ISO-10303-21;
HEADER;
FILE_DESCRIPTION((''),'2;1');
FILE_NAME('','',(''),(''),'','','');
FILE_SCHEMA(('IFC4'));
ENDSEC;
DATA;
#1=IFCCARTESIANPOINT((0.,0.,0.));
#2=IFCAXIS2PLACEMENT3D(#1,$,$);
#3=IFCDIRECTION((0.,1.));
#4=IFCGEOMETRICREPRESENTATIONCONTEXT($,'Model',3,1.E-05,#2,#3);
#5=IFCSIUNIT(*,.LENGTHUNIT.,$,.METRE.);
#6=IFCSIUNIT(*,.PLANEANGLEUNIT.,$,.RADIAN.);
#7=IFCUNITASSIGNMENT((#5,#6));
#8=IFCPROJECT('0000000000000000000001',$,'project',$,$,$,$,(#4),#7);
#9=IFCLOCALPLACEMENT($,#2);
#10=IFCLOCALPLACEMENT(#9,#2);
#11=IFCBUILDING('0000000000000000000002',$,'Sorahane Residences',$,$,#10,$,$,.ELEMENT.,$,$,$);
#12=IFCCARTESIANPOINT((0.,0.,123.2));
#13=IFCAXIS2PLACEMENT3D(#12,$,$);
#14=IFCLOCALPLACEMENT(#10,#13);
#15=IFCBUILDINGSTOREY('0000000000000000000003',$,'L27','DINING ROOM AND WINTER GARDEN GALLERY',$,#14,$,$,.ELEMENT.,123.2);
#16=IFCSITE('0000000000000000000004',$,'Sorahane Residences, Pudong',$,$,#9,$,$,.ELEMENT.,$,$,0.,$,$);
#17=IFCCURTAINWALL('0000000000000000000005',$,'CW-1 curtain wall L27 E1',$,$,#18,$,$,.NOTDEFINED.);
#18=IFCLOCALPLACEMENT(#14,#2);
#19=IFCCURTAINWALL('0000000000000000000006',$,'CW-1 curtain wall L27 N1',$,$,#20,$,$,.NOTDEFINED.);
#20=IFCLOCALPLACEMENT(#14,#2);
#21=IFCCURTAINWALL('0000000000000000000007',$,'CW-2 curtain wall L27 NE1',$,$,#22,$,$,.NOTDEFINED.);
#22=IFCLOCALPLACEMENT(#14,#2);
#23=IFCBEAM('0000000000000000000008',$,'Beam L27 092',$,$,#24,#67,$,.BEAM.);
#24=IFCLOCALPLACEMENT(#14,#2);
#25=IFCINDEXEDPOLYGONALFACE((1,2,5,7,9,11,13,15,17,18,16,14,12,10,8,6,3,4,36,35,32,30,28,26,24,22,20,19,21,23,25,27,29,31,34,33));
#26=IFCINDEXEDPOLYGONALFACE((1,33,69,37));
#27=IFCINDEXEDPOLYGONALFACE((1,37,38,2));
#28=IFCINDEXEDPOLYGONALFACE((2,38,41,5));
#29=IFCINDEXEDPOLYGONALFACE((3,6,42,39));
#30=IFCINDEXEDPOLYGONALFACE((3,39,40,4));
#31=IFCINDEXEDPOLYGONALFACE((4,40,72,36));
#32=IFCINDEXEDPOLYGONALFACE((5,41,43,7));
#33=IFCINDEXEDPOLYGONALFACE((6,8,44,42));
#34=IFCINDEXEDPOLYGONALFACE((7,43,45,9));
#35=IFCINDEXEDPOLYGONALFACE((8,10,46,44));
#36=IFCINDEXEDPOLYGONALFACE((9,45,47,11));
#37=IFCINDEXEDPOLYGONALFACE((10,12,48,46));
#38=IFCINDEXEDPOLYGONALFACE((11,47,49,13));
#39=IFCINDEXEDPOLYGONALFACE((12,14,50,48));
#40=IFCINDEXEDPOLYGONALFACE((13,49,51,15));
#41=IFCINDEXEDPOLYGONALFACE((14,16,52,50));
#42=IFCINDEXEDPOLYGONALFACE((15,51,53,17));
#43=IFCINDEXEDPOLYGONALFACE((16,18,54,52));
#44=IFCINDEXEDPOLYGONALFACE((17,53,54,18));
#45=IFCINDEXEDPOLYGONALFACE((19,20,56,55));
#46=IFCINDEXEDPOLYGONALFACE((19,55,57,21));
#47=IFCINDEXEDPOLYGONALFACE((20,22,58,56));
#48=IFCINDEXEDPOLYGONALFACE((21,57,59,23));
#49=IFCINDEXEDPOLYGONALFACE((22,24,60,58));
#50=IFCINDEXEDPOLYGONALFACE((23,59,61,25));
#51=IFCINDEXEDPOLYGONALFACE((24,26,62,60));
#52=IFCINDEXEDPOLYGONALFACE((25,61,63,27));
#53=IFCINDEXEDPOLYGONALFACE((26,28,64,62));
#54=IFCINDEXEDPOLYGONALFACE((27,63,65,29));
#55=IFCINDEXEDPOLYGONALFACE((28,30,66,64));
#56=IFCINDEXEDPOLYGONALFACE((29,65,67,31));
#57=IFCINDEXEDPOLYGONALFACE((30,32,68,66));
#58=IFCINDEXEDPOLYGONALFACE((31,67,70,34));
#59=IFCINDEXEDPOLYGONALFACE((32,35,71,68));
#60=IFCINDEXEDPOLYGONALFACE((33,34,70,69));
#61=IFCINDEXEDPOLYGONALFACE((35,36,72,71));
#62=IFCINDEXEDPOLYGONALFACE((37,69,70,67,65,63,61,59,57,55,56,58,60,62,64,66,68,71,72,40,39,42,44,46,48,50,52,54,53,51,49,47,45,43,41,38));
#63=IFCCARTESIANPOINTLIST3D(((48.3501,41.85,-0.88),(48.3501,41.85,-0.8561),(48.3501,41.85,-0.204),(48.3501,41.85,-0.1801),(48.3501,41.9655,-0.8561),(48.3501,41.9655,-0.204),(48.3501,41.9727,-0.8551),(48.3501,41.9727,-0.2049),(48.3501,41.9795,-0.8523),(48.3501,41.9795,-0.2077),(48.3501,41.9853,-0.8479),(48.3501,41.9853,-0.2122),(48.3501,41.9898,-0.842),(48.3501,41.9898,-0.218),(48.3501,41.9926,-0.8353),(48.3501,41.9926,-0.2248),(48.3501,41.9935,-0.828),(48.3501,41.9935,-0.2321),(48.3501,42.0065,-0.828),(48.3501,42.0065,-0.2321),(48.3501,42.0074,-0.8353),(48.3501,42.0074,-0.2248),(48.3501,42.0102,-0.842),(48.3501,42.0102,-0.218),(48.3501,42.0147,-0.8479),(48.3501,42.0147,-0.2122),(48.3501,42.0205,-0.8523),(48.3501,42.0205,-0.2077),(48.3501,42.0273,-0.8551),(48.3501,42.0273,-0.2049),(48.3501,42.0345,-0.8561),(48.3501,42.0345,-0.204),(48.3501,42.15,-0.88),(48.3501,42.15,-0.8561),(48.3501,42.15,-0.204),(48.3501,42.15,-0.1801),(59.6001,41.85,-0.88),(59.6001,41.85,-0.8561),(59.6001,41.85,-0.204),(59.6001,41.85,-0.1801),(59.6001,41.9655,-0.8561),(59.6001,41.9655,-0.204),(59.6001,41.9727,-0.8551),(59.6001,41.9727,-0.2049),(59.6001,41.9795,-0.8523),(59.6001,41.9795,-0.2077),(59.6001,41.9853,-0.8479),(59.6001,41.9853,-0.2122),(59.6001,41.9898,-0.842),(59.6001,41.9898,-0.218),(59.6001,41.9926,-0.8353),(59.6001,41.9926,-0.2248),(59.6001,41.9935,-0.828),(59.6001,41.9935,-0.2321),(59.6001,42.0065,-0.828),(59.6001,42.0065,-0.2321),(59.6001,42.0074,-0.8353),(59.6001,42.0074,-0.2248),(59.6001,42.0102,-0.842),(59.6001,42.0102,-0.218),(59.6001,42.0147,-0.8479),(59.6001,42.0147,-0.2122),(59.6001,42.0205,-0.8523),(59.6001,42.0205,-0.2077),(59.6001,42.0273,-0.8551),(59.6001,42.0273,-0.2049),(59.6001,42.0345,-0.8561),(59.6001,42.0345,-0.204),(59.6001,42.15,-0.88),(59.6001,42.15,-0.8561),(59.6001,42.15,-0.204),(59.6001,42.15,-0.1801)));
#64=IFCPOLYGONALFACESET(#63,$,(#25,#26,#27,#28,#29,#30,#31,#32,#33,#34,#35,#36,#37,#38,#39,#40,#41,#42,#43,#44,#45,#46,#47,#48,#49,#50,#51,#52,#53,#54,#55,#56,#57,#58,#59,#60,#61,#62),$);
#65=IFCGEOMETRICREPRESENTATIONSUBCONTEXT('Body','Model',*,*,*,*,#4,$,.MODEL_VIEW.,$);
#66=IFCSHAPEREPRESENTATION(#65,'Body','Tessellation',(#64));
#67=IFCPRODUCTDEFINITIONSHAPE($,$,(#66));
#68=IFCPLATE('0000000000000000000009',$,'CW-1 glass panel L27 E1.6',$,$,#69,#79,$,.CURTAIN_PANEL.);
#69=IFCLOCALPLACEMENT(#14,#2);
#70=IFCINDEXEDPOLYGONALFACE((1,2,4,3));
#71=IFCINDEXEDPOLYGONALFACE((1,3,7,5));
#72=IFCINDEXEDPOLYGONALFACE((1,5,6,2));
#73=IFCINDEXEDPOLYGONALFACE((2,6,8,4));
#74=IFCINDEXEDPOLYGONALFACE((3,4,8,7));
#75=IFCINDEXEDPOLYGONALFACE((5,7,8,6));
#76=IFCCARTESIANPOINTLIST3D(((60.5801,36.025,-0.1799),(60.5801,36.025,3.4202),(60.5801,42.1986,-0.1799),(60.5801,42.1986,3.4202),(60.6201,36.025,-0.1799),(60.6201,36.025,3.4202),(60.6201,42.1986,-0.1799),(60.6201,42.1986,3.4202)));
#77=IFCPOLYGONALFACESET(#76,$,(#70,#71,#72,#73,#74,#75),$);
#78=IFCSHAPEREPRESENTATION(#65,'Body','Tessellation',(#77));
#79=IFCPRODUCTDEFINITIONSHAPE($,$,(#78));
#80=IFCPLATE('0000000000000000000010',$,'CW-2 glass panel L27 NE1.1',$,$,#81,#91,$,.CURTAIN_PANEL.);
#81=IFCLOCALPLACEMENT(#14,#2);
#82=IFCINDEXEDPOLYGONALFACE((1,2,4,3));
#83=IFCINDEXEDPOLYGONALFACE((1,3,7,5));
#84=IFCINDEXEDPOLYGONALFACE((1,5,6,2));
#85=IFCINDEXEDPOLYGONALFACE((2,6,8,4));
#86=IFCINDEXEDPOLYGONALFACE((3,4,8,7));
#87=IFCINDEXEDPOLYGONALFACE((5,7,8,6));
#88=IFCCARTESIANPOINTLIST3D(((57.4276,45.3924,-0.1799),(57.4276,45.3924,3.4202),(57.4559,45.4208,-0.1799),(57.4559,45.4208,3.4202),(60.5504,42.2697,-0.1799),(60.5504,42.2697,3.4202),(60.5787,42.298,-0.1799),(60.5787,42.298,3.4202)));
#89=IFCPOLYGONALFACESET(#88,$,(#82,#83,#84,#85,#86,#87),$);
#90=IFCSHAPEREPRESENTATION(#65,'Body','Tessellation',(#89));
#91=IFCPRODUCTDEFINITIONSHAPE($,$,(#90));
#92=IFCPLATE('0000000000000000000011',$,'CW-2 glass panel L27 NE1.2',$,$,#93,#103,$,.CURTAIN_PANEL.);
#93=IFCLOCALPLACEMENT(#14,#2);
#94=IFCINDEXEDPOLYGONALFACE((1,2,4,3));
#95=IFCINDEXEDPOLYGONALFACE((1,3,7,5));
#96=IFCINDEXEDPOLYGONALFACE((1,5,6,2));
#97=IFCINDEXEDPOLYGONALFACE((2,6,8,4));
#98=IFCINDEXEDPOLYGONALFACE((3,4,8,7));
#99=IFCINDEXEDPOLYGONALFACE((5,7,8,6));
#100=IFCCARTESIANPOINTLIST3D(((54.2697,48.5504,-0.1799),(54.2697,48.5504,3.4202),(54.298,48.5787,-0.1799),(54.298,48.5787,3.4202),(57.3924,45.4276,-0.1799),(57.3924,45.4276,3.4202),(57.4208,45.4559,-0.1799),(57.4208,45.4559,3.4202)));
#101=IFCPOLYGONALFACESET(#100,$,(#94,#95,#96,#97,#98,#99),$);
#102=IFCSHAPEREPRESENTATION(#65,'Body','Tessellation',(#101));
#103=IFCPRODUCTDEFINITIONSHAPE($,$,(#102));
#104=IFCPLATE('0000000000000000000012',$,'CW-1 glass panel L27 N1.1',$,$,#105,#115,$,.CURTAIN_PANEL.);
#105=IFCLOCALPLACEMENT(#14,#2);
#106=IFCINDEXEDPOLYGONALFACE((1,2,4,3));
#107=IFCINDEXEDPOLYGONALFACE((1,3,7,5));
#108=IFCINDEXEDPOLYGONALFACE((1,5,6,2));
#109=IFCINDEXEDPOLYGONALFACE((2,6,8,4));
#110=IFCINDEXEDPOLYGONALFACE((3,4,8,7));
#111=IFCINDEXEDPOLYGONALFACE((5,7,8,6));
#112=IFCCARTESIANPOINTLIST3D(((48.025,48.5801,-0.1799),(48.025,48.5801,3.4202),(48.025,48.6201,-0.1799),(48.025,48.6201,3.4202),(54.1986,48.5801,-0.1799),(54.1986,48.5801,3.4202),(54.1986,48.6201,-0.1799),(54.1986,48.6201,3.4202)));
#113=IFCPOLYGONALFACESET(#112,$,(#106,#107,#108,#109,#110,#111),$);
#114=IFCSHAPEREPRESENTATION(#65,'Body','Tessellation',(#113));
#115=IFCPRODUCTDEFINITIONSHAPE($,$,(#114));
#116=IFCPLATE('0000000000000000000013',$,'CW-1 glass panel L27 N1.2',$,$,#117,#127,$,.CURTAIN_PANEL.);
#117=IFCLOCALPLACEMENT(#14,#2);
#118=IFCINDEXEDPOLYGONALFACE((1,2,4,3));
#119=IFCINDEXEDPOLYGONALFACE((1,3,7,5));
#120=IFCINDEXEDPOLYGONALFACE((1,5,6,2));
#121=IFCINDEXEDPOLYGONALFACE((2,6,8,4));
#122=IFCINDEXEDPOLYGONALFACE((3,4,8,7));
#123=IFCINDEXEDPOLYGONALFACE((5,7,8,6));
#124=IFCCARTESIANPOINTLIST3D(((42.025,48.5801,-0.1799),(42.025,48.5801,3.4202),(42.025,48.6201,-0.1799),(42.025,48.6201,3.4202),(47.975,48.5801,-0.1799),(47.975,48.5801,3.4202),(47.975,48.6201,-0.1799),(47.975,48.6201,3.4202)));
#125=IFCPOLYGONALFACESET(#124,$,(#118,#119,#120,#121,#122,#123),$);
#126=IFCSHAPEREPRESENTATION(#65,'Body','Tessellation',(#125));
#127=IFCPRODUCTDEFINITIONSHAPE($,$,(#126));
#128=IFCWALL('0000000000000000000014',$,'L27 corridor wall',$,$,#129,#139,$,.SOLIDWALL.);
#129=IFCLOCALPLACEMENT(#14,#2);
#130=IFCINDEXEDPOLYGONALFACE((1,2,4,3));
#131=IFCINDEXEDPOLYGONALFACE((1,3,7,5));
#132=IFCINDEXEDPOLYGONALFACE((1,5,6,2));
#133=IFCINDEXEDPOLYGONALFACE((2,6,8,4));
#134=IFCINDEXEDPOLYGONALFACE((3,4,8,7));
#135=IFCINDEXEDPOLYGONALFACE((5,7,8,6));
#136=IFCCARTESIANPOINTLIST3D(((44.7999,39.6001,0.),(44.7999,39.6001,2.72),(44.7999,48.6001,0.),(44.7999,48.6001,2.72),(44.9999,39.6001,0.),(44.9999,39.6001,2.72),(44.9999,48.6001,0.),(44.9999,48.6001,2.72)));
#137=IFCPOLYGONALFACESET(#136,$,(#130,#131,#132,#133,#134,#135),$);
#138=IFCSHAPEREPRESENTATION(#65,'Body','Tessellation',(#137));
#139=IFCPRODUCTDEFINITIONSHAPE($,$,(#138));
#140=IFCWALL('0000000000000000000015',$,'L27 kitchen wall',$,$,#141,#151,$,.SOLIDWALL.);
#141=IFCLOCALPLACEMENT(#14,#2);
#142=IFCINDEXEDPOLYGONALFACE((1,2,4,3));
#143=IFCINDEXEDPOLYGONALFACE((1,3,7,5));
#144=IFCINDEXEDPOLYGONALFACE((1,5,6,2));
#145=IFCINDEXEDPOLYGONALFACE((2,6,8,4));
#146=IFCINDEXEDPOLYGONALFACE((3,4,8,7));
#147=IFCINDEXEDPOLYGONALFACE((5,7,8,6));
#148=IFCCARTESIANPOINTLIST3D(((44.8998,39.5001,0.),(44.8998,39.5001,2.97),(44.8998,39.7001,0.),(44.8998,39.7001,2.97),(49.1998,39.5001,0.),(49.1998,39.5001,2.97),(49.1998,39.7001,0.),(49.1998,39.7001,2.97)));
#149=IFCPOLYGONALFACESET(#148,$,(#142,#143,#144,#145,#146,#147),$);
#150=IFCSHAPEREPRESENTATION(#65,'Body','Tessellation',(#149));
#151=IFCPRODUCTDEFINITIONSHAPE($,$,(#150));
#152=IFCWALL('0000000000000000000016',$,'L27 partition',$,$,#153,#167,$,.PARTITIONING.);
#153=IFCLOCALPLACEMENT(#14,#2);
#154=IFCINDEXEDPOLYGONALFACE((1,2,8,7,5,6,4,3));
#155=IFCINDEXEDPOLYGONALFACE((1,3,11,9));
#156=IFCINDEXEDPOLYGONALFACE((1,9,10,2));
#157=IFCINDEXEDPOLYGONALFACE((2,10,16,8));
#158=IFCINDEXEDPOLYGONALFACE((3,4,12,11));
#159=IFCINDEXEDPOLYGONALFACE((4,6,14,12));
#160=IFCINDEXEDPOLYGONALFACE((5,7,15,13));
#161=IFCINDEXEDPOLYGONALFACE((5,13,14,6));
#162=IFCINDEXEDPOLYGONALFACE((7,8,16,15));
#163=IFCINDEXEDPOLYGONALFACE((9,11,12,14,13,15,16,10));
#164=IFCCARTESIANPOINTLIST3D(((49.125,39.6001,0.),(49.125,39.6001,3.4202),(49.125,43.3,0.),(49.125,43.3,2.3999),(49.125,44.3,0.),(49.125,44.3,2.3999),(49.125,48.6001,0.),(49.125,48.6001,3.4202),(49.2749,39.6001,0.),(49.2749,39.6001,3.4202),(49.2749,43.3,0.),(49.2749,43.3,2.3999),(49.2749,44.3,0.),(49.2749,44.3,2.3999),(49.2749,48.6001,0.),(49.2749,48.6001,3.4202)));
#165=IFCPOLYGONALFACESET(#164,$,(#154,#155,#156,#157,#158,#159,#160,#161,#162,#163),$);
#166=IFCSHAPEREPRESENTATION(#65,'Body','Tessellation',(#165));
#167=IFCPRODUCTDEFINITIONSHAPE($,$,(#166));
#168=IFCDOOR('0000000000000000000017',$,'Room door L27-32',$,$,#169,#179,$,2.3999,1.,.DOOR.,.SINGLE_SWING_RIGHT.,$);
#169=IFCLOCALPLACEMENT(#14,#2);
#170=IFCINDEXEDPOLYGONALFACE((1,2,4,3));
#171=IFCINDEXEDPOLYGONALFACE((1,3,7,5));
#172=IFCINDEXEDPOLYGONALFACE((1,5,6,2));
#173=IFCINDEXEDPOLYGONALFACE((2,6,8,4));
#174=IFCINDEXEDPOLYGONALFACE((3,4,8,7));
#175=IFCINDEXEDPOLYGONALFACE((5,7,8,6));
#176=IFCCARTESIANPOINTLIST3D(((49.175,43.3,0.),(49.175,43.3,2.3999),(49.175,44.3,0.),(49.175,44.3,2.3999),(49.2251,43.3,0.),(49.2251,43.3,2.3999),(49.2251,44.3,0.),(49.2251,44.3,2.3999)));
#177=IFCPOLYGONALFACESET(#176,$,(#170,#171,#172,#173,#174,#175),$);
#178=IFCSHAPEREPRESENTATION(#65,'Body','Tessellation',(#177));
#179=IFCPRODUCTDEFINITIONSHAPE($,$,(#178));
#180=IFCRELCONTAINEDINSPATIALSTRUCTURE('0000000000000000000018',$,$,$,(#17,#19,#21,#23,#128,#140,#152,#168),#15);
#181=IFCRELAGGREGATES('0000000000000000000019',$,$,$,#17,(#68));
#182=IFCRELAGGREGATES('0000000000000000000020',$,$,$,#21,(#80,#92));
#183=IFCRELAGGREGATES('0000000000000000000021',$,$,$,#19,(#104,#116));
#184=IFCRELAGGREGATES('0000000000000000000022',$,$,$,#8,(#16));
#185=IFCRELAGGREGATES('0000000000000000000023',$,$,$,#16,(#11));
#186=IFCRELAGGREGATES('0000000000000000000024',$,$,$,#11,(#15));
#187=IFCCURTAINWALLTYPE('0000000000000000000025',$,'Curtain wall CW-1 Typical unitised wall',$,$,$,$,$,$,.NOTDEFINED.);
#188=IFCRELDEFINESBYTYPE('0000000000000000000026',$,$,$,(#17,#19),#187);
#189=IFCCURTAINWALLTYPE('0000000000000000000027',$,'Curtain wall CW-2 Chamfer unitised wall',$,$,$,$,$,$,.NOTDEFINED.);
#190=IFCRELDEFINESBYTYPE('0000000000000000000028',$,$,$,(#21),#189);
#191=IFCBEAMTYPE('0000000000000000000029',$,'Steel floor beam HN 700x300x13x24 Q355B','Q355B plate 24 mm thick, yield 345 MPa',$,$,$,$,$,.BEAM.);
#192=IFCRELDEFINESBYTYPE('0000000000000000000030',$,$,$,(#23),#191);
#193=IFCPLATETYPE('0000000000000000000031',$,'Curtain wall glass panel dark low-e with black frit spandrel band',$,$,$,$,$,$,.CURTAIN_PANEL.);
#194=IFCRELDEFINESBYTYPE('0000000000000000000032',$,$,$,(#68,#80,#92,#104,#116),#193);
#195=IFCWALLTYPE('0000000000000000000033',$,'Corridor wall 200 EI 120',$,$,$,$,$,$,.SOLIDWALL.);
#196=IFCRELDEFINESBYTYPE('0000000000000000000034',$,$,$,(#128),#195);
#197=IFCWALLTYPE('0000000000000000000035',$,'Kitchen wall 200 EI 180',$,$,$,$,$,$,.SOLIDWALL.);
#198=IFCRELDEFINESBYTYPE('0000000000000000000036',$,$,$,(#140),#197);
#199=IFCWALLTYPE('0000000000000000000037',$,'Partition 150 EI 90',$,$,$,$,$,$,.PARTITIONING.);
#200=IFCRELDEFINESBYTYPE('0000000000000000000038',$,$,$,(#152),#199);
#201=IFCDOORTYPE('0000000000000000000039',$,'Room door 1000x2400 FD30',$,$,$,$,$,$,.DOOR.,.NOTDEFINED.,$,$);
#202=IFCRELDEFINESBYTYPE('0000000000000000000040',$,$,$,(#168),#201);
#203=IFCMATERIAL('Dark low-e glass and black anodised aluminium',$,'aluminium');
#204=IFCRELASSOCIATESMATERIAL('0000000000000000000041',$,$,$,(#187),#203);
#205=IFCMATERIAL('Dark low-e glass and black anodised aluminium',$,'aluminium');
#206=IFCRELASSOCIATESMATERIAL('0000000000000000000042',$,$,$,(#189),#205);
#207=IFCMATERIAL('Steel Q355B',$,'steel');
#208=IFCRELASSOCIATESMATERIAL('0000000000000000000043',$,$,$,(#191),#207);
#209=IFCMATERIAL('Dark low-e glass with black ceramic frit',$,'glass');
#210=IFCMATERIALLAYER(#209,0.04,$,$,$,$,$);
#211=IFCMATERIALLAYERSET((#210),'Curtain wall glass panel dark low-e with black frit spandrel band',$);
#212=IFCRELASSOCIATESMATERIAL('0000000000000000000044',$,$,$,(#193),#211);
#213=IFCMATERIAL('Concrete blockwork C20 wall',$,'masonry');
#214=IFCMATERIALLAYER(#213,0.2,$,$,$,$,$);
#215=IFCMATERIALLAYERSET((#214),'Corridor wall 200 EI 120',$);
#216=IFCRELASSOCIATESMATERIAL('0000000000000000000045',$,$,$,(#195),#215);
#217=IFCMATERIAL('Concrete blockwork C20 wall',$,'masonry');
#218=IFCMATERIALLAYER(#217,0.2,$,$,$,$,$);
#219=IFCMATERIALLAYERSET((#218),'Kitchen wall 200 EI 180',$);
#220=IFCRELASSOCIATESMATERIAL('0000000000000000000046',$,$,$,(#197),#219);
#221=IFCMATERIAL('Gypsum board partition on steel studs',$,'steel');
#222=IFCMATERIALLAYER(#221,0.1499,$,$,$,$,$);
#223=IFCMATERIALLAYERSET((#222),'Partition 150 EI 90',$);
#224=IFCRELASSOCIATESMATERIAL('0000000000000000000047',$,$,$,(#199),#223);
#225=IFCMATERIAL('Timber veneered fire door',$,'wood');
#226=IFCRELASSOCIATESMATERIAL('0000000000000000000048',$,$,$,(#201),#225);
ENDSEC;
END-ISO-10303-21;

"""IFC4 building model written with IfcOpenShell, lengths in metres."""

from ifc_helpers import new_model, si_unit, direction, frame, frame_2d, origin, origin_2d, place, context, subcontext, project, spatial, rectangle, i_section, extrude, material, layer, layer_set, material_profile, profile_set, type_object, element, fill, aggregate, save


model = new_model("IFC4")

# Units and contexts
model_context = context("Model", 3, precision=1e-05, world=origin(), true_north=direction((0.0, 1.0)))
body_context = subcontext(model_context, "Body", "Model", "MODEL_VIEW")
ifc_project = project(units=[si_unit("LENGTHUNIT", "METRE"), si_unit("PLANEANGLEUNIT", "RADIAN")], contexts=[model_context])

# Site, building, storey
site_placement = place(None, origin())
site = spatial("IfcSite", under=ifc_project, at=site_placement, Name="Sorahane Residences, Pudong", CompositionType="ELEMENT", RefElevation=0.0)
building_placement = place(site_placement, origin())
building = spatial("IfcBuilding", under=site, at=building_placement, Name="Sorahane Residences", CompositionType="ELEMENT")
storey_placement = place(building_placement, frame((0.0, 0.0, 123.2)))
storey = spatial("IfcBuildingStorey", under=building, at=storey_placement, Name="L27", Description="DINING ROOM AND WINTER GARDEN GALLERY", CompositionType="ELEMENT", Elevation=123.2)

# Curtain wall
ifc_material_1 = material(Name="Dark low-e glass and black anodised aluminium", Category="aluminium")
curtain_wall_type_1 = type_object("IfcCurtainWallType", Name="Curtain wall CW-1 Typical unitised wall", PredefinedType="NOTDEFINED", material=ifc_material_1)
curtain_wall_1_placement = place(storey_placement, origin())
curtain_wall_1 = element("IfcCurtainWall", 1, at=curtain_wall_1_placement, inside=storey, type_object=curtain_wall_type_1, Name="CW-1 curtain wall L27 E1", PredefinedType="NOTDEFINED")

# Curtain wall
curtain_wall_2_placement = place(storey_placement, origin())
curtain_wall_2 = element("IfcCurtainWall", 2, at=curtain_wall_2_placement, inside=storey, type_object=curtain_wall_type_1, Name="CW-1 curtain wall L27 N1", PredefinedType="NOTDEFINED")

# Curtain wall
ifc_material_2 = material(Name="Dark low-e glass and black anodised aluminium", Category="aluminium")
curtain_wall_type_2 = type_object("IfcCurtainWallType", Name="Curtain wall CW-2 Chamfer unitised wall", PredefinedType="NOTDEFINED", material=ifc_material_2)
curtain_wall_3_placement = place(storey_placement, origin())
curtain_wall_3 = element("IfcCurtainWall", 3, at=curtain_wall_3_placement, inside=storey, type_object=curtain_wall_type_2, Name="CW-2 curtain wall L27 NE1", PredefinedType="NOTDEFINED")

# Beam
ifc_material_3 = material(Name="Steel Q355B", Category="steel")
ifc_material_profile_1 = material_profile(ifc_material_3, i_section(OverallWidth=0.3, OverallDepth=0.7, WebThickness=0.0129, FlangeThickness=0.0239, FilletRadius=0.0281, at=origin_2d()), Name="HN 700x300x13x24")
ifc_profile_set_1 = profile_set([ifc_material_profile_1], Name="Steel Q355B")
beam_type_1 = type_object("IfcBeamType", Name="Steel floor beam HN 700x300x13x24 Q355B", Description="Q355B plate 24 mm thick, yield 345 MPa", PredefinedType="BEAM", material=ifc_profile_set_1)
beam_1_placement = place(storey_placement, frame((48.3501, 42.0, -0.53), z_axis=(1.0, 0.0, 0.0), x_axis=(0.0, 1.0, 0.0)))
element("IfcBeam", 4, at=beam_1_placement, inside=storey, type_object=beam_type_1, Name="Beam L27 092", PredefinedType="BEAM", context=body_context, shape_type="SweptSolid", body=[
    extrude(i_section(OverallWidth=0.3, OverallDepth=0.7, WebThickness=0.0129, FlangeThickness=0.0239, FilletRadius=0.0281, at=origin_2d()), origin(), (0.0, 0.0, 1.0), 11.25),
])

# Plates
ifc_material_4 = material(Name="Dark low-e glass with black ceramic frit", Category="glass")
ifc_layer_1 = layer(ifc_material_4, 0.04)
ifc_layer_set_1 = layer_set([ifc_layer_1], Name="Curtain wall glass panel dark low-e with black frit spandrel band")
plate_type = type_object("IfcPlateType", Name="Curtain wall glass panel dark low-e with black frit spandrel band", PredefinedType="CURTAIN_PANEL", material=ifc_layer_set_1)
plate_1_placement = place(storey_placement, frame((60.6001, 39.1118, -0.1799), z_axis=(0.0, 0.0, 1.0), x_axis=(0.0, 1.0, 0.0)))
plate_1 = element("IfcPlate", 5, at=plate_1_placement, type_object=plate_type, Name="CW-1 glass panel L27 E1.6", PredefinedType="CURTAIN_PANEL", context=body_context, shape_type="SweptSolid", body=[
    extrude(rectangle(XDim=6.1736, YDim=0.04, at=origin_2d()), origin(), (0.0, 0.0, 1.0), 3.6001),
])
aggregate(curtain_wall_1, [plate_1])
plate_2_placement = place(storey_placement, frame((59.0032, 43.8452, -0.1799), z_axis=(0.0, 0.0, 1.0), x_axis=(-0.707107, 0.707107, 0.0)))
plate_2 = element("IfcPlate", 6, at=plate_2_placement, type_object=plate_type, Name="CW-2 glass panel L27 NE1.1", PredefinedType="CURTAIN_PANEL", context=body_context, shape_type="SweptSolid", body=[
    extrude(rectangle(XDim=4.4163, YDim=0.04, at=origin_2d()), origin(), (0.0, 0.0, 1.0), 3.6001),
])
plate_3_placement = place(storey_placement, frame((55.8452, 47.0032, -0.1799), z_axis=(0.0, 0.0, 1.0), x_axis=(-0.707107, 0.707107, 0.0)))
plate_3 = element("IfcPlate", 7, at=plate_3_placement, type_object=plate_type, Name="CW-2 glass panel L27 NE1.2", PredefinedType="CURTAIN_PANEL", context=body_context, shape_type="SweptSolid", body=[
    extrude(rectangle(XDim=4.4163, YDim=0.04, at=origin_2d()), origin(), (0.0, 0.0, 1.0), 3.6001),
])
aggregate(curtain_wall_3, [plate_2, plate_3])
plate_4_placement = place(storey_placement, frame((51.1118, 48.6001, -0.1799), z_axis=(0.0, 0.0, 1.0), x_axis=(-1.0, 0.0, 0.0)))
plate_4 = element("IfcPlate", 8, at=plate_4_placement, type_object=plate_type, Name="CW-1 glass panel L27 N1.1", PredefinedType="CURTAIN_PANEL", context=body_context, shape_type="SweptSolid", body=[
    extrude(rectangle(XDim=6.1736, YDim=0.04, at=origin_2d()), origin(), (0.0, 0.0, 1.0), 3.6001),
])
plate_5_placement = place(storey_placement, frame((45.0, 48.6001, -0.1799), z_axis=(0.0, 0.0, 1.0), x_axis=(-1.0, 0.0, 0.0)))
plate_5 = element("IfcPlate", 9, at=plate_5_placement, type_object=plate_type, Name="CW-1 glass panel L27 N1.2", PredefinedType="CURTAIN_PANEL", context=body_context, shape_type="SweptSolid", body=[
    extrude(rectangle(XDim=5.95, YDim=0.04, at=origin_2d()), origin(), (0.0, 0.0, 1.0), 3.6001),
])
aggregate(curtain_wall_2, [plate_4, plate_5])

# Walls
ifc_material_5 = material(Name="Concrete blockwork C20 wall", Category="masonry")
ifc_layer_2 = layer(ifc_material_5, 0.2)
ifc_layer_set_2 = layer_set([ifc_layer_2], Name="Corridor wall 200 EI 120")
wall_type_1 = type_object("IfcWallType", Name="Corridor wall 200 EI 120", PredefinedType="SOLIDWALL", material=ifc_layer_set_2)
wall_1_placement = place(storey_placement, frame((44.8999, 39.6001, 0.0), z_axis=(0.0, 0.0, 1.0), x_axis=(0.0, 1.0, 0.0)))
element("IfcWall", 10, at=wall_1_placement, inside=storey, type_object=wall_type_1, Name="L27 corridor wall", PredefinedType="SOLIDWALL", context=body_context, shape_type="SweptSolid", body=[
    extrude(rectangle(XDim=9.0, YDim=0.2, at=frame_2d((4.5, 0.0))), origin(), (0.0, 0.0, 1.0), 2.72),
])
ifc_material_6 = material(Name="Concrete blockwork C20 wall", Category="masonry")
ifc_layer_3 = layer(ifc_material_6, 0.2)
ifc_layer_set_3 = layer_set([ifc_layer_3], Name="Kitchen wall 200 EI 180")
wall_type_2 = type_object("IfcWallType", Name="Kitchen wall 200 EI 180", PredefinedType="SOLIDWALL", material=ifc_layer_set_3)
wall_2_placement = place(storey_placement, frame((44.8999, 39.6001, 0.0), z_axis=(0.0, 0.0, 1.0), x_axis=(1.0, 0.0, 0.0)))
element("IfcWall", 11, at=wall_2_placement, inside=storey, type_object=wall_type_2, Name="L27 kitchen wall", PredefinedType="SOLIDWALL", context=body_context, shape_type="SweptSolid", body=[
    extrude(rectangle(XDim=4.3, YDim=0.2, at=frame_2d((2.1499, 0.0))), origin(), (0.0, 0.0, 1.0), 2.97),
])

# Wall, opening, door
ifc_material_7 = material(Name="Gypsum board partition on steel studs", Category="steel")
ifc_layer_4 = layer(ifc_material_7, 0.1499)
ifc_layer_set_4 = layer_set([ifc_layer_4], Name="Partition 150 EI 90")
wall_type_3 = type_object("IfcWallType", Name="Partition 150 EI 90", PredefinedType="PARTITIONING", material=ifc_layer_set_4)
wall_3_placement = place(storey_placement, frame((49.2, 39.6001, 0.0), z_axis=(0.0, 0.0, 1.0), x_axis=(0.0, 1.0, 0.0)))
wall_3 = element("IfcWall", 12, at=wall_3_placement, inside=storey, type_object=wall_type_3, Name="L27 partition", PredefinedType="PARTITIONING", context=body_context, shape_type="SweptSolid", body=[
    extrude(rectangle(XDim=9.0, YDim=0.1499, at=frame_2d((4.5, 0.0))), origin(), (0.0, 0.0, 1.0), 3.4202),
])
opening_placement = place(wall_3_placement, frame((3.7, 0.0, 0.0)))
opening = element("IfcOpeningElement", 13, at=opening_placement, cuts=wall_3, PredefinedType="OPENING", context=body_context, shape_type="SweptSolid", body=[
    extrude(rectangle(XDim=1.0, YDim=2.3999, at=frame_2d((0.5, 1.2))), frame((0.0, 0.085, 0.0), z_axis=(0.0, -1.0, 0.0), x_axis=(1.0, 0.0, 0.0)), (0.0, 0.0, 1.0), 0.1699),
])
ifc_material_8 = material(Name="Timber veneered fire door", Category="wood")
door_type = type_object("IfcDoorType", Name="Room door 1000x2400 FD30", OperationType="NOTDEFINED", PredefinedType="DOOR", material=ifc_material_8)
door_placement = place(opening_placement, origin())
door = element("IfcDoor", 14, at=door_placement, inside=storey, type_object=door_type, Name="Room door L27-32", OperationType="SINGLE_SWING_RIGHT", OverallHeight=2.3999, OverallWidth=1.0, PredefinedType="DOOR", context=body_context, shape_type="SweptSolid", body=[
    extrude(rectangle(XDim=1.0, YDim=2.3999, at=frame_2d((0.5, 1.2))), frame((0.0, 0.0249, 0.0), z_axis=(0.0, -1.0, 0.0), x_axis=(1.0, 0.0, 0.0)), (0.0, 0.0, 1.0), 0.05),
])
fill(opening, door)

save(model, "model.ifc")
